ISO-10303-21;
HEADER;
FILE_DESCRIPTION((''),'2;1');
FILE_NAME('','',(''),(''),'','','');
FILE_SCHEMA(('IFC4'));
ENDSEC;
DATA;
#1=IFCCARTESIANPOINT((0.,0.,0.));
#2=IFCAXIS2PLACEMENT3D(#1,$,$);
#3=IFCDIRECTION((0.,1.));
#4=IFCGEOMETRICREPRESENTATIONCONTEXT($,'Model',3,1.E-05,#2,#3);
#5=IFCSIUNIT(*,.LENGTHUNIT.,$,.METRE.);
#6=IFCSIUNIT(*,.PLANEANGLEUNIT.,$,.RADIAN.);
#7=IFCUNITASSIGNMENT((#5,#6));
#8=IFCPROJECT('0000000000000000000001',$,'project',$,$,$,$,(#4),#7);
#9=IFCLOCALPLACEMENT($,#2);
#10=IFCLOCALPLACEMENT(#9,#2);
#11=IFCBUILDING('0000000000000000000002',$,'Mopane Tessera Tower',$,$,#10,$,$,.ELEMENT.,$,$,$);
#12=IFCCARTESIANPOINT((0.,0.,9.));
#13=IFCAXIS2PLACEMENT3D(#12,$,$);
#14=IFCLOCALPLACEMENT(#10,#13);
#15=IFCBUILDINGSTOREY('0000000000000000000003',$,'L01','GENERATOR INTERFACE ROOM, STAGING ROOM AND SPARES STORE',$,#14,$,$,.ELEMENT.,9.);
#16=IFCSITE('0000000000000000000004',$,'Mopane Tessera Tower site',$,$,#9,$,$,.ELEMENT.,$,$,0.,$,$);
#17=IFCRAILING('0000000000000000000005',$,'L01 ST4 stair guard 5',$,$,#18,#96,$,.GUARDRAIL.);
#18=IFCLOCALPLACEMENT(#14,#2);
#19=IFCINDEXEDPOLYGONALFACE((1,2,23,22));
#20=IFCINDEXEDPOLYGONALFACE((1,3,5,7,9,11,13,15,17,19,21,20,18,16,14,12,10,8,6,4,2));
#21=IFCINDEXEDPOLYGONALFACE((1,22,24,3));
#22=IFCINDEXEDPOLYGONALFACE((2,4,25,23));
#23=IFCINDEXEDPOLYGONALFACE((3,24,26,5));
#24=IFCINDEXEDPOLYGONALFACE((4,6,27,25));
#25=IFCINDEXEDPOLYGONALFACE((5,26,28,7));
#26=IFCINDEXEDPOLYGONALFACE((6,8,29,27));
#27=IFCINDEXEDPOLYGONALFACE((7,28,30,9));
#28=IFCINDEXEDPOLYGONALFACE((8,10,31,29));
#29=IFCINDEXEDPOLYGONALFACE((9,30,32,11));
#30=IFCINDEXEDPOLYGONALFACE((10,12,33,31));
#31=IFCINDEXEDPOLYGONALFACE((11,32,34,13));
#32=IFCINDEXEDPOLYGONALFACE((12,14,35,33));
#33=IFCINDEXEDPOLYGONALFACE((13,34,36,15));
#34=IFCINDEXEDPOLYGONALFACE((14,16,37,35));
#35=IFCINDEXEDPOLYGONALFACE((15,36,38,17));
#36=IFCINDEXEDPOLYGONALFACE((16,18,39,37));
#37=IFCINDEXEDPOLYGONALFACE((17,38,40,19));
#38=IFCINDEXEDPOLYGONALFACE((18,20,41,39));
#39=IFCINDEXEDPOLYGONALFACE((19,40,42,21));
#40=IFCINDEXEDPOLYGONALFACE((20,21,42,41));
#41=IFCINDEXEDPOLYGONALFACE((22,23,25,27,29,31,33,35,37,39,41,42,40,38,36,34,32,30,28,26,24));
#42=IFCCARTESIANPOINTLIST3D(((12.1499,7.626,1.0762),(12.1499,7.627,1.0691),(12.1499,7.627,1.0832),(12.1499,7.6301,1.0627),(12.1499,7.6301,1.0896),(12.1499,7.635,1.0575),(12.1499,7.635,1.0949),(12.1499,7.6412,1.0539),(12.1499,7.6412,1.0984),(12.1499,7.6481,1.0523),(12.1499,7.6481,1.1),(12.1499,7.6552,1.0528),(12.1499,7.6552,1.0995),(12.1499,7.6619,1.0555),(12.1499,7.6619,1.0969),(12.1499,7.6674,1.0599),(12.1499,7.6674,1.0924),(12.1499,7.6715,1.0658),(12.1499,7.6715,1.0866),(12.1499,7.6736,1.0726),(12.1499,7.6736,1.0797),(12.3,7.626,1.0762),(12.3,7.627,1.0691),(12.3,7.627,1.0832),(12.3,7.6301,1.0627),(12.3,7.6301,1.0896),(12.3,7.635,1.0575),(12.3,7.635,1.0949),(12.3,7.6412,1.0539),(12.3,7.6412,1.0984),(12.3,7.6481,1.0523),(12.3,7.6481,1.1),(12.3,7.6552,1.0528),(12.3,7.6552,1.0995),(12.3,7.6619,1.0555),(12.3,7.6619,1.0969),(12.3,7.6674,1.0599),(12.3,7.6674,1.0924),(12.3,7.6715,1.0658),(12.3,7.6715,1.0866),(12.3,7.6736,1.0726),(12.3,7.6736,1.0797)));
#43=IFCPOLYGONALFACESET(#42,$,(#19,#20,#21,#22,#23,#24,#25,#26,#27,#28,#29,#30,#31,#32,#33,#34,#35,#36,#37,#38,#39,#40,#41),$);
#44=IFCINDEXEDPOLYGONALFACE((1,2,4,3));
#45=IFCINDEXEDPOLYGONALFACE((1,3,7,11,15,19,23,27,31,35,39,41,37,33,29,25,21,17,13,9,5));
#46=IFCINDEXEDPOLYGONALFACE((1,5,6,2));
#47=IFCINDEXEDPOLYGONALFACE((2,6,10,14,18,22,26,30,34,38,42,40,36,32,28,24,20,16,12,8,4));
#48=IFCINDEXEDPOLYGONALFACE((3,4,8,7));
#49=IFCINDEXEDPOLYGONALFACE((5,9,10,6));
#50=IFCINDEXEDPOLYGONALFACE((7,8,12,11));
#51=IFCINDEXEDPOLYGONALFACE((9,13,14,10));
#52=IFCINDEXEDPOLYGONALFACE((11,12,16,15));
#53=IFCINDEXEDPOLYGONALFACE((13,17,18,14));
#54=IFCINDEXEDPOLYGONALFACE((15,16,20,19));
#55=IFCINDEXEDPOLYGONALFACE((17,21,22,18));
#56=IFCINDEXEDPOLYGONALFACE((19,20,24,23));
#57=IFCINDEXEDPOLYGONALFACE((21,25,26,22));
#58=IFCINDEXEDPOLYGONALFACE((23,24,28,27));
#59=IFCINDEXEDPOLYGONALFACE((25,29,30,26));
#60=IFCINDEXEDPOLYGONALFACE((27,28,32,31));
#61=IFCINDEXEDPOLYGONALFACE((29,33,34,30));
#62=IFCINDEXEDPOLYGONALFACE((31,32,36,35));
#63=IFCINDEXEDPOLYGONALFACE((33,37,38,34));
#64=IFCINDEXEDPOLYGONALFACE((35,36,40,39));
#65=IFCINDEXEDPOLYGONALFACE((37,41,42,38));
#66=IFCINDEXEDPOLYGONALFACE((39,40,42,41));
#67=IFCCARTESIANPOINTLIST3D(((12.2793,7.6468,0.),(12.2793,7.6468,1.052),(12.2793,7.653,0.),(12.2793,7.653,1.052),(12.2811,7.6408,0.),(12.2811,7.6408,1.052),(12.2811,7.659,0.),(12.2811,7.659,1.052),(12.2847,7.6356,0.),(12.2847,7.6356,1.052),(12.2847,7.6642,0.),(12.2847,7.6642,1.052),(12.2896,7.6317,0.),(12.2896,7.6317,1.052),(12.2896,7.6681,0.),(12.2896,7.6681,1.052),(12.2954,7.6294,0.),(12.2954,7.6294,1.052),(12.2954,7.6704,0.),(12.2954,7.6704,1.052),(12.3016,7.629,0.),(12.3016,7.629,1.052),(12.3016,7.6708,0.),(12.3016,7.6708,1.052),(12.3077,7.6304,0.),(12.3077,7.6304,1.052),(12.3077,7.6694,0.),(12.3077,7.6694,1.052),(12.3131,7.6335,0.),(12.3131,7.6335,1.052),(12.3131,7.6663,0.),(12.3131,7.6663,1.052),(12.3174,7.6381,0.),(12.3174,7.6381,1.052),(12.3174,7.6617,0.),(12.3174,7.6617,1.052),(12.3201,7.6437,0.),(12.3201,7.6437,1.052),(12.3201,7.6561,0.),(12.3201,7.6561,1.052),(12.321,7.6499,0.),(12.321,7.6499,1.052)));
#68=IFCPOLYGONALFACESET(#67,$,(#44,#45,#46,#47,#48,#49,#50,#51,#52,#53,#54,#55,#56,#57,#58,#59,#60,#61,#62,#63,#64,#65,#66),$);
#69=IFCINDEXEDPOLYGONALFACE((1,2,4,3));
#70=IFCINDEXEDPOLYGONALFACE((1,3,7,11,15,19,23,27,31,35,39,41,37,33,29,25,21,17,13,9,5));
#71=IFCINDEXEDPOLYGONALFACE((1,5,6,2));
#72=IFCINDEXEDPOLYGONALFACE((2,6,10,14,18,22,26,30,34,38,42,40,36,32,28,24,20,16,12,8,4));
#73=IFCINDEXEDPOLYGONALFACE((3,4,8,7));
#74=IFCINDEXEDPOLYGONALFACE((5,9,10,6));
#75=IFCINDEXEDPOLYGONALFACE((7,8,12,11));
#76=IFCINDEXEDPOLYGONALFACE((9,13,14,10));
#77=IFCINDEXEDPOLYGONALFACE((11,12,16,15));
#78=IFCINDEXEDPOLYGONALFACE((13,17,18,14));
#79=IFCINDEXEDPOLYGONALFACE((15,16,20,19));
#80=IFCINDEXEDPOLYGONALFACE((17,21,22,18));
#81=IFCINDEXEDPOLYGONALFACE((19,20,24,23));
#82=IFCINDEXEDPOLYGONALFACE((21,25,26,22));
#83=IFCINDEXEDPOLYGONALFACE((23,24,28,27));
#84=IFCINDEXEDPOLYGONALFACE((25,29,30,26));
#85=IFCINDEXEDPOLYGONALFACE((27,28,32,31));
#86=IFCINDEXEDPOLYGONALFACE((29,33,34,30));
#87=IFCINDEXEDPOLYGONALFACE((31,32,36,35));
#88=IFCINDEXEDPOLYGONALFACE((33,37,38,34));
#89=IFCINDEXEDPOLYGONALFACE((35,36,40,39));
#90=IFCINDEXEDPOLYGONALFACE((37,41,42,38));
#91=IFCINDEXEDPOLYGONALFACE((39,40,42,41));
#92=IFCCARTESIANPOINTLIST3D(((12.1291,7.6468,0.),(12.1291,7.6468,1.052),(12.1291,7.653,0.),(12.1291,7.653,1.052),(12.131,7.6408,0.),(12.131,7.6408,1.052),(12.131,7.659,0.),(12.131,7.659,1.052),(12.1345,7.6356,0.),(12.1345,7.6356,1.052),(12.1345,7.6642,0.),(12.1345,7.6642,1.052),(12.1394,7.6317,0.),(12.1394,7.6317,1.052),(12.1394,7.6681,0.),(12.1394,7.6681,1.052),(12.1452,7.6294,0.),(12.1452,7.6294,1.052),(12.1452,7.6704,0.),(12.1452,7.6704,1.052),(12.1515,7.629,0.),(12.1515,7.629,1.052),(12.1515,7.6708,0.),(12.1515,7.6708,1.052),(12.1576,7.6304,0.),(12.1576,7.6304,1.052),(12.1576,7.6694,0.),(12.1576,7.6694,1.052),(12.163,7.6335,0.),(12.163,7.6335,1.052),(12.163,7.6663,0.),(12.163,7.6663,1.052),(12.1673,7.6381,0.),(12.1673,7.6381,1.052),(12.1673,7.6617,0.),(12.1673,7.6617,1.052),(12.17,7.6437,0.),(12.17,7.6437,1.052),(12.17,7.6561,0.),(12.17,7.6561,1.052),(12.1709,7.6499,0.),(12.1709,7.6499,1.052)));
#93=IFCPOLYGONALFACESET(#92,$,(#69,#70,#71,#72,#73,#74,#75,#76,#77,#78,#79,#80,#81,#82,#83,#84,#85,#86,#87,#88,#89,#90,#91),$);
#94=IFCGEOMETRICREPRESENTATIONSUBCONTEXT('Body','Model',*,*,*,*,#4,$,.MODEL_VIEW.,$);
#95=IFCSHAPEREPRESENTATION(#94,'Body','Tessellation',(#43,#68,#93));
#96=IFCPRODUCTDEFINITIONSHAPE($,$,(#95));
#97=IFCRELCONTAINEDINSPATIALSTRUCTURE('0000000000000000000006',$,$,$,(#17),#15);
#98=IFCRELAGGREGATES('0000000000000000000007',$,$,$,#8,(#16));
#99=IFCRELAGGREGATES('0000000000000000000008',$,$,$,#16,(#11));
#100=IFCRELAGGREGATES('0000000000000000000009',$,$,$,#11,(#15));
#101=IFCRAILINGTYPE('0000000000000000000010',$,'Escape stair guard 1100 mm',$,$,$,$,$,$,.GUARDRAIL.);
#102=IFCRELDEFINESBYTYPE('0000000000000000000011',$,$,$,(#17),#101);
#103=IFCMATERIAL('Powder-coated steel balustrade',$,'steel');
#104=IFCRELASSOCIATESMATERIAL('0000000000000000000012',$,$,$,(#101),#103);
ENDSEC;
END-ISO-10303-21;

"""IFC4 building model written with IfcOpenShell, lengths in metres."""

from ifc_helpers import new_model, si_unit, direction, frame, origin, origin_2d, place, context, subcontext, project, spatial, circle, extrude, material, type_object, element, save


model = new_model("IFC4")

# Units and contexts
model_context = context("Model", 3, precision=1e-05, world=origin(), true_north=direction((0.0, 1.0)))
body_context = subcontext(model_context, "Body", "Model", "MODEL_VIEW")
ifc_project = project(units=[si_unit("LENGTHUNIT", "METRE"), si_unit("PLANEANGLEUNIT", "RADIAN")], contexts=[model_context])

# Site, building, storey
site_placement = place(None, origin())
site = spatial("IfcSite", under=ifc_project, at=site_placement, Name="Mopane Tessera Tower site", CompositionType="ELEMENT", RefElevation=0.0)
building_placement = place(site_placement, origin())
building = spatial("IfcBuilding", under=site, at=building_placement, Name="Mopane Tessera Tower", CompositionType="ELEMENT")
storey_placement = place(building_placement, frame((0.0, 0.0, 9.0)))
storey = spatial("IfcBuildingStorey", under=building, at=storey_placement, Name="L01", Description="GENERATOR INTERFACE ROOM, STAGING ROOM AND SPARES STORE", CompositionType="ELEMENT", Elevation=9.0)

# Railing
ifc_material_1 = material(Name="Powder-coated steel balustrade", Category="steel")
railing_type_1 = type_object("IfcRailingType", Name="Escape stair guard 1100 mm", PredefinedType="GUARDRAIL", material=ifc_material_1)
railing_1_placement = place(storey_placement, frame((12.3, 7.6499, 0.0)))
element("IfcRailing", 1, at=railing_1_placement, inside=storey, type_object=railing_type_1, Name="L01 ST4 stair guard 5", PredefinedType="GUARDRAIL", context=body_context, shape_type="SweptSolid", body=[
    extrude(circle(Radius=0.0239, at=origin_2d()), frame((0.0, 0.0, 1.0762), z_axis=(-1.0, 0.0, 0.0), x_axis=(0.0, -1.0, 0.0)), (0.0, 0.0, 1.0), 0.1501),
    extrude(circle(Radius=0.021, at=origin_2d()), origin(), (0.0, 0.0, 1.0), 1.052),
    extrude(circle(Radius=0.021, at=origin_2d()), frame((-0.1501, 0.0, 0.0)), (0.0, 0.0, 1.0), 1.052),
])

save(model, "model.ifc")
